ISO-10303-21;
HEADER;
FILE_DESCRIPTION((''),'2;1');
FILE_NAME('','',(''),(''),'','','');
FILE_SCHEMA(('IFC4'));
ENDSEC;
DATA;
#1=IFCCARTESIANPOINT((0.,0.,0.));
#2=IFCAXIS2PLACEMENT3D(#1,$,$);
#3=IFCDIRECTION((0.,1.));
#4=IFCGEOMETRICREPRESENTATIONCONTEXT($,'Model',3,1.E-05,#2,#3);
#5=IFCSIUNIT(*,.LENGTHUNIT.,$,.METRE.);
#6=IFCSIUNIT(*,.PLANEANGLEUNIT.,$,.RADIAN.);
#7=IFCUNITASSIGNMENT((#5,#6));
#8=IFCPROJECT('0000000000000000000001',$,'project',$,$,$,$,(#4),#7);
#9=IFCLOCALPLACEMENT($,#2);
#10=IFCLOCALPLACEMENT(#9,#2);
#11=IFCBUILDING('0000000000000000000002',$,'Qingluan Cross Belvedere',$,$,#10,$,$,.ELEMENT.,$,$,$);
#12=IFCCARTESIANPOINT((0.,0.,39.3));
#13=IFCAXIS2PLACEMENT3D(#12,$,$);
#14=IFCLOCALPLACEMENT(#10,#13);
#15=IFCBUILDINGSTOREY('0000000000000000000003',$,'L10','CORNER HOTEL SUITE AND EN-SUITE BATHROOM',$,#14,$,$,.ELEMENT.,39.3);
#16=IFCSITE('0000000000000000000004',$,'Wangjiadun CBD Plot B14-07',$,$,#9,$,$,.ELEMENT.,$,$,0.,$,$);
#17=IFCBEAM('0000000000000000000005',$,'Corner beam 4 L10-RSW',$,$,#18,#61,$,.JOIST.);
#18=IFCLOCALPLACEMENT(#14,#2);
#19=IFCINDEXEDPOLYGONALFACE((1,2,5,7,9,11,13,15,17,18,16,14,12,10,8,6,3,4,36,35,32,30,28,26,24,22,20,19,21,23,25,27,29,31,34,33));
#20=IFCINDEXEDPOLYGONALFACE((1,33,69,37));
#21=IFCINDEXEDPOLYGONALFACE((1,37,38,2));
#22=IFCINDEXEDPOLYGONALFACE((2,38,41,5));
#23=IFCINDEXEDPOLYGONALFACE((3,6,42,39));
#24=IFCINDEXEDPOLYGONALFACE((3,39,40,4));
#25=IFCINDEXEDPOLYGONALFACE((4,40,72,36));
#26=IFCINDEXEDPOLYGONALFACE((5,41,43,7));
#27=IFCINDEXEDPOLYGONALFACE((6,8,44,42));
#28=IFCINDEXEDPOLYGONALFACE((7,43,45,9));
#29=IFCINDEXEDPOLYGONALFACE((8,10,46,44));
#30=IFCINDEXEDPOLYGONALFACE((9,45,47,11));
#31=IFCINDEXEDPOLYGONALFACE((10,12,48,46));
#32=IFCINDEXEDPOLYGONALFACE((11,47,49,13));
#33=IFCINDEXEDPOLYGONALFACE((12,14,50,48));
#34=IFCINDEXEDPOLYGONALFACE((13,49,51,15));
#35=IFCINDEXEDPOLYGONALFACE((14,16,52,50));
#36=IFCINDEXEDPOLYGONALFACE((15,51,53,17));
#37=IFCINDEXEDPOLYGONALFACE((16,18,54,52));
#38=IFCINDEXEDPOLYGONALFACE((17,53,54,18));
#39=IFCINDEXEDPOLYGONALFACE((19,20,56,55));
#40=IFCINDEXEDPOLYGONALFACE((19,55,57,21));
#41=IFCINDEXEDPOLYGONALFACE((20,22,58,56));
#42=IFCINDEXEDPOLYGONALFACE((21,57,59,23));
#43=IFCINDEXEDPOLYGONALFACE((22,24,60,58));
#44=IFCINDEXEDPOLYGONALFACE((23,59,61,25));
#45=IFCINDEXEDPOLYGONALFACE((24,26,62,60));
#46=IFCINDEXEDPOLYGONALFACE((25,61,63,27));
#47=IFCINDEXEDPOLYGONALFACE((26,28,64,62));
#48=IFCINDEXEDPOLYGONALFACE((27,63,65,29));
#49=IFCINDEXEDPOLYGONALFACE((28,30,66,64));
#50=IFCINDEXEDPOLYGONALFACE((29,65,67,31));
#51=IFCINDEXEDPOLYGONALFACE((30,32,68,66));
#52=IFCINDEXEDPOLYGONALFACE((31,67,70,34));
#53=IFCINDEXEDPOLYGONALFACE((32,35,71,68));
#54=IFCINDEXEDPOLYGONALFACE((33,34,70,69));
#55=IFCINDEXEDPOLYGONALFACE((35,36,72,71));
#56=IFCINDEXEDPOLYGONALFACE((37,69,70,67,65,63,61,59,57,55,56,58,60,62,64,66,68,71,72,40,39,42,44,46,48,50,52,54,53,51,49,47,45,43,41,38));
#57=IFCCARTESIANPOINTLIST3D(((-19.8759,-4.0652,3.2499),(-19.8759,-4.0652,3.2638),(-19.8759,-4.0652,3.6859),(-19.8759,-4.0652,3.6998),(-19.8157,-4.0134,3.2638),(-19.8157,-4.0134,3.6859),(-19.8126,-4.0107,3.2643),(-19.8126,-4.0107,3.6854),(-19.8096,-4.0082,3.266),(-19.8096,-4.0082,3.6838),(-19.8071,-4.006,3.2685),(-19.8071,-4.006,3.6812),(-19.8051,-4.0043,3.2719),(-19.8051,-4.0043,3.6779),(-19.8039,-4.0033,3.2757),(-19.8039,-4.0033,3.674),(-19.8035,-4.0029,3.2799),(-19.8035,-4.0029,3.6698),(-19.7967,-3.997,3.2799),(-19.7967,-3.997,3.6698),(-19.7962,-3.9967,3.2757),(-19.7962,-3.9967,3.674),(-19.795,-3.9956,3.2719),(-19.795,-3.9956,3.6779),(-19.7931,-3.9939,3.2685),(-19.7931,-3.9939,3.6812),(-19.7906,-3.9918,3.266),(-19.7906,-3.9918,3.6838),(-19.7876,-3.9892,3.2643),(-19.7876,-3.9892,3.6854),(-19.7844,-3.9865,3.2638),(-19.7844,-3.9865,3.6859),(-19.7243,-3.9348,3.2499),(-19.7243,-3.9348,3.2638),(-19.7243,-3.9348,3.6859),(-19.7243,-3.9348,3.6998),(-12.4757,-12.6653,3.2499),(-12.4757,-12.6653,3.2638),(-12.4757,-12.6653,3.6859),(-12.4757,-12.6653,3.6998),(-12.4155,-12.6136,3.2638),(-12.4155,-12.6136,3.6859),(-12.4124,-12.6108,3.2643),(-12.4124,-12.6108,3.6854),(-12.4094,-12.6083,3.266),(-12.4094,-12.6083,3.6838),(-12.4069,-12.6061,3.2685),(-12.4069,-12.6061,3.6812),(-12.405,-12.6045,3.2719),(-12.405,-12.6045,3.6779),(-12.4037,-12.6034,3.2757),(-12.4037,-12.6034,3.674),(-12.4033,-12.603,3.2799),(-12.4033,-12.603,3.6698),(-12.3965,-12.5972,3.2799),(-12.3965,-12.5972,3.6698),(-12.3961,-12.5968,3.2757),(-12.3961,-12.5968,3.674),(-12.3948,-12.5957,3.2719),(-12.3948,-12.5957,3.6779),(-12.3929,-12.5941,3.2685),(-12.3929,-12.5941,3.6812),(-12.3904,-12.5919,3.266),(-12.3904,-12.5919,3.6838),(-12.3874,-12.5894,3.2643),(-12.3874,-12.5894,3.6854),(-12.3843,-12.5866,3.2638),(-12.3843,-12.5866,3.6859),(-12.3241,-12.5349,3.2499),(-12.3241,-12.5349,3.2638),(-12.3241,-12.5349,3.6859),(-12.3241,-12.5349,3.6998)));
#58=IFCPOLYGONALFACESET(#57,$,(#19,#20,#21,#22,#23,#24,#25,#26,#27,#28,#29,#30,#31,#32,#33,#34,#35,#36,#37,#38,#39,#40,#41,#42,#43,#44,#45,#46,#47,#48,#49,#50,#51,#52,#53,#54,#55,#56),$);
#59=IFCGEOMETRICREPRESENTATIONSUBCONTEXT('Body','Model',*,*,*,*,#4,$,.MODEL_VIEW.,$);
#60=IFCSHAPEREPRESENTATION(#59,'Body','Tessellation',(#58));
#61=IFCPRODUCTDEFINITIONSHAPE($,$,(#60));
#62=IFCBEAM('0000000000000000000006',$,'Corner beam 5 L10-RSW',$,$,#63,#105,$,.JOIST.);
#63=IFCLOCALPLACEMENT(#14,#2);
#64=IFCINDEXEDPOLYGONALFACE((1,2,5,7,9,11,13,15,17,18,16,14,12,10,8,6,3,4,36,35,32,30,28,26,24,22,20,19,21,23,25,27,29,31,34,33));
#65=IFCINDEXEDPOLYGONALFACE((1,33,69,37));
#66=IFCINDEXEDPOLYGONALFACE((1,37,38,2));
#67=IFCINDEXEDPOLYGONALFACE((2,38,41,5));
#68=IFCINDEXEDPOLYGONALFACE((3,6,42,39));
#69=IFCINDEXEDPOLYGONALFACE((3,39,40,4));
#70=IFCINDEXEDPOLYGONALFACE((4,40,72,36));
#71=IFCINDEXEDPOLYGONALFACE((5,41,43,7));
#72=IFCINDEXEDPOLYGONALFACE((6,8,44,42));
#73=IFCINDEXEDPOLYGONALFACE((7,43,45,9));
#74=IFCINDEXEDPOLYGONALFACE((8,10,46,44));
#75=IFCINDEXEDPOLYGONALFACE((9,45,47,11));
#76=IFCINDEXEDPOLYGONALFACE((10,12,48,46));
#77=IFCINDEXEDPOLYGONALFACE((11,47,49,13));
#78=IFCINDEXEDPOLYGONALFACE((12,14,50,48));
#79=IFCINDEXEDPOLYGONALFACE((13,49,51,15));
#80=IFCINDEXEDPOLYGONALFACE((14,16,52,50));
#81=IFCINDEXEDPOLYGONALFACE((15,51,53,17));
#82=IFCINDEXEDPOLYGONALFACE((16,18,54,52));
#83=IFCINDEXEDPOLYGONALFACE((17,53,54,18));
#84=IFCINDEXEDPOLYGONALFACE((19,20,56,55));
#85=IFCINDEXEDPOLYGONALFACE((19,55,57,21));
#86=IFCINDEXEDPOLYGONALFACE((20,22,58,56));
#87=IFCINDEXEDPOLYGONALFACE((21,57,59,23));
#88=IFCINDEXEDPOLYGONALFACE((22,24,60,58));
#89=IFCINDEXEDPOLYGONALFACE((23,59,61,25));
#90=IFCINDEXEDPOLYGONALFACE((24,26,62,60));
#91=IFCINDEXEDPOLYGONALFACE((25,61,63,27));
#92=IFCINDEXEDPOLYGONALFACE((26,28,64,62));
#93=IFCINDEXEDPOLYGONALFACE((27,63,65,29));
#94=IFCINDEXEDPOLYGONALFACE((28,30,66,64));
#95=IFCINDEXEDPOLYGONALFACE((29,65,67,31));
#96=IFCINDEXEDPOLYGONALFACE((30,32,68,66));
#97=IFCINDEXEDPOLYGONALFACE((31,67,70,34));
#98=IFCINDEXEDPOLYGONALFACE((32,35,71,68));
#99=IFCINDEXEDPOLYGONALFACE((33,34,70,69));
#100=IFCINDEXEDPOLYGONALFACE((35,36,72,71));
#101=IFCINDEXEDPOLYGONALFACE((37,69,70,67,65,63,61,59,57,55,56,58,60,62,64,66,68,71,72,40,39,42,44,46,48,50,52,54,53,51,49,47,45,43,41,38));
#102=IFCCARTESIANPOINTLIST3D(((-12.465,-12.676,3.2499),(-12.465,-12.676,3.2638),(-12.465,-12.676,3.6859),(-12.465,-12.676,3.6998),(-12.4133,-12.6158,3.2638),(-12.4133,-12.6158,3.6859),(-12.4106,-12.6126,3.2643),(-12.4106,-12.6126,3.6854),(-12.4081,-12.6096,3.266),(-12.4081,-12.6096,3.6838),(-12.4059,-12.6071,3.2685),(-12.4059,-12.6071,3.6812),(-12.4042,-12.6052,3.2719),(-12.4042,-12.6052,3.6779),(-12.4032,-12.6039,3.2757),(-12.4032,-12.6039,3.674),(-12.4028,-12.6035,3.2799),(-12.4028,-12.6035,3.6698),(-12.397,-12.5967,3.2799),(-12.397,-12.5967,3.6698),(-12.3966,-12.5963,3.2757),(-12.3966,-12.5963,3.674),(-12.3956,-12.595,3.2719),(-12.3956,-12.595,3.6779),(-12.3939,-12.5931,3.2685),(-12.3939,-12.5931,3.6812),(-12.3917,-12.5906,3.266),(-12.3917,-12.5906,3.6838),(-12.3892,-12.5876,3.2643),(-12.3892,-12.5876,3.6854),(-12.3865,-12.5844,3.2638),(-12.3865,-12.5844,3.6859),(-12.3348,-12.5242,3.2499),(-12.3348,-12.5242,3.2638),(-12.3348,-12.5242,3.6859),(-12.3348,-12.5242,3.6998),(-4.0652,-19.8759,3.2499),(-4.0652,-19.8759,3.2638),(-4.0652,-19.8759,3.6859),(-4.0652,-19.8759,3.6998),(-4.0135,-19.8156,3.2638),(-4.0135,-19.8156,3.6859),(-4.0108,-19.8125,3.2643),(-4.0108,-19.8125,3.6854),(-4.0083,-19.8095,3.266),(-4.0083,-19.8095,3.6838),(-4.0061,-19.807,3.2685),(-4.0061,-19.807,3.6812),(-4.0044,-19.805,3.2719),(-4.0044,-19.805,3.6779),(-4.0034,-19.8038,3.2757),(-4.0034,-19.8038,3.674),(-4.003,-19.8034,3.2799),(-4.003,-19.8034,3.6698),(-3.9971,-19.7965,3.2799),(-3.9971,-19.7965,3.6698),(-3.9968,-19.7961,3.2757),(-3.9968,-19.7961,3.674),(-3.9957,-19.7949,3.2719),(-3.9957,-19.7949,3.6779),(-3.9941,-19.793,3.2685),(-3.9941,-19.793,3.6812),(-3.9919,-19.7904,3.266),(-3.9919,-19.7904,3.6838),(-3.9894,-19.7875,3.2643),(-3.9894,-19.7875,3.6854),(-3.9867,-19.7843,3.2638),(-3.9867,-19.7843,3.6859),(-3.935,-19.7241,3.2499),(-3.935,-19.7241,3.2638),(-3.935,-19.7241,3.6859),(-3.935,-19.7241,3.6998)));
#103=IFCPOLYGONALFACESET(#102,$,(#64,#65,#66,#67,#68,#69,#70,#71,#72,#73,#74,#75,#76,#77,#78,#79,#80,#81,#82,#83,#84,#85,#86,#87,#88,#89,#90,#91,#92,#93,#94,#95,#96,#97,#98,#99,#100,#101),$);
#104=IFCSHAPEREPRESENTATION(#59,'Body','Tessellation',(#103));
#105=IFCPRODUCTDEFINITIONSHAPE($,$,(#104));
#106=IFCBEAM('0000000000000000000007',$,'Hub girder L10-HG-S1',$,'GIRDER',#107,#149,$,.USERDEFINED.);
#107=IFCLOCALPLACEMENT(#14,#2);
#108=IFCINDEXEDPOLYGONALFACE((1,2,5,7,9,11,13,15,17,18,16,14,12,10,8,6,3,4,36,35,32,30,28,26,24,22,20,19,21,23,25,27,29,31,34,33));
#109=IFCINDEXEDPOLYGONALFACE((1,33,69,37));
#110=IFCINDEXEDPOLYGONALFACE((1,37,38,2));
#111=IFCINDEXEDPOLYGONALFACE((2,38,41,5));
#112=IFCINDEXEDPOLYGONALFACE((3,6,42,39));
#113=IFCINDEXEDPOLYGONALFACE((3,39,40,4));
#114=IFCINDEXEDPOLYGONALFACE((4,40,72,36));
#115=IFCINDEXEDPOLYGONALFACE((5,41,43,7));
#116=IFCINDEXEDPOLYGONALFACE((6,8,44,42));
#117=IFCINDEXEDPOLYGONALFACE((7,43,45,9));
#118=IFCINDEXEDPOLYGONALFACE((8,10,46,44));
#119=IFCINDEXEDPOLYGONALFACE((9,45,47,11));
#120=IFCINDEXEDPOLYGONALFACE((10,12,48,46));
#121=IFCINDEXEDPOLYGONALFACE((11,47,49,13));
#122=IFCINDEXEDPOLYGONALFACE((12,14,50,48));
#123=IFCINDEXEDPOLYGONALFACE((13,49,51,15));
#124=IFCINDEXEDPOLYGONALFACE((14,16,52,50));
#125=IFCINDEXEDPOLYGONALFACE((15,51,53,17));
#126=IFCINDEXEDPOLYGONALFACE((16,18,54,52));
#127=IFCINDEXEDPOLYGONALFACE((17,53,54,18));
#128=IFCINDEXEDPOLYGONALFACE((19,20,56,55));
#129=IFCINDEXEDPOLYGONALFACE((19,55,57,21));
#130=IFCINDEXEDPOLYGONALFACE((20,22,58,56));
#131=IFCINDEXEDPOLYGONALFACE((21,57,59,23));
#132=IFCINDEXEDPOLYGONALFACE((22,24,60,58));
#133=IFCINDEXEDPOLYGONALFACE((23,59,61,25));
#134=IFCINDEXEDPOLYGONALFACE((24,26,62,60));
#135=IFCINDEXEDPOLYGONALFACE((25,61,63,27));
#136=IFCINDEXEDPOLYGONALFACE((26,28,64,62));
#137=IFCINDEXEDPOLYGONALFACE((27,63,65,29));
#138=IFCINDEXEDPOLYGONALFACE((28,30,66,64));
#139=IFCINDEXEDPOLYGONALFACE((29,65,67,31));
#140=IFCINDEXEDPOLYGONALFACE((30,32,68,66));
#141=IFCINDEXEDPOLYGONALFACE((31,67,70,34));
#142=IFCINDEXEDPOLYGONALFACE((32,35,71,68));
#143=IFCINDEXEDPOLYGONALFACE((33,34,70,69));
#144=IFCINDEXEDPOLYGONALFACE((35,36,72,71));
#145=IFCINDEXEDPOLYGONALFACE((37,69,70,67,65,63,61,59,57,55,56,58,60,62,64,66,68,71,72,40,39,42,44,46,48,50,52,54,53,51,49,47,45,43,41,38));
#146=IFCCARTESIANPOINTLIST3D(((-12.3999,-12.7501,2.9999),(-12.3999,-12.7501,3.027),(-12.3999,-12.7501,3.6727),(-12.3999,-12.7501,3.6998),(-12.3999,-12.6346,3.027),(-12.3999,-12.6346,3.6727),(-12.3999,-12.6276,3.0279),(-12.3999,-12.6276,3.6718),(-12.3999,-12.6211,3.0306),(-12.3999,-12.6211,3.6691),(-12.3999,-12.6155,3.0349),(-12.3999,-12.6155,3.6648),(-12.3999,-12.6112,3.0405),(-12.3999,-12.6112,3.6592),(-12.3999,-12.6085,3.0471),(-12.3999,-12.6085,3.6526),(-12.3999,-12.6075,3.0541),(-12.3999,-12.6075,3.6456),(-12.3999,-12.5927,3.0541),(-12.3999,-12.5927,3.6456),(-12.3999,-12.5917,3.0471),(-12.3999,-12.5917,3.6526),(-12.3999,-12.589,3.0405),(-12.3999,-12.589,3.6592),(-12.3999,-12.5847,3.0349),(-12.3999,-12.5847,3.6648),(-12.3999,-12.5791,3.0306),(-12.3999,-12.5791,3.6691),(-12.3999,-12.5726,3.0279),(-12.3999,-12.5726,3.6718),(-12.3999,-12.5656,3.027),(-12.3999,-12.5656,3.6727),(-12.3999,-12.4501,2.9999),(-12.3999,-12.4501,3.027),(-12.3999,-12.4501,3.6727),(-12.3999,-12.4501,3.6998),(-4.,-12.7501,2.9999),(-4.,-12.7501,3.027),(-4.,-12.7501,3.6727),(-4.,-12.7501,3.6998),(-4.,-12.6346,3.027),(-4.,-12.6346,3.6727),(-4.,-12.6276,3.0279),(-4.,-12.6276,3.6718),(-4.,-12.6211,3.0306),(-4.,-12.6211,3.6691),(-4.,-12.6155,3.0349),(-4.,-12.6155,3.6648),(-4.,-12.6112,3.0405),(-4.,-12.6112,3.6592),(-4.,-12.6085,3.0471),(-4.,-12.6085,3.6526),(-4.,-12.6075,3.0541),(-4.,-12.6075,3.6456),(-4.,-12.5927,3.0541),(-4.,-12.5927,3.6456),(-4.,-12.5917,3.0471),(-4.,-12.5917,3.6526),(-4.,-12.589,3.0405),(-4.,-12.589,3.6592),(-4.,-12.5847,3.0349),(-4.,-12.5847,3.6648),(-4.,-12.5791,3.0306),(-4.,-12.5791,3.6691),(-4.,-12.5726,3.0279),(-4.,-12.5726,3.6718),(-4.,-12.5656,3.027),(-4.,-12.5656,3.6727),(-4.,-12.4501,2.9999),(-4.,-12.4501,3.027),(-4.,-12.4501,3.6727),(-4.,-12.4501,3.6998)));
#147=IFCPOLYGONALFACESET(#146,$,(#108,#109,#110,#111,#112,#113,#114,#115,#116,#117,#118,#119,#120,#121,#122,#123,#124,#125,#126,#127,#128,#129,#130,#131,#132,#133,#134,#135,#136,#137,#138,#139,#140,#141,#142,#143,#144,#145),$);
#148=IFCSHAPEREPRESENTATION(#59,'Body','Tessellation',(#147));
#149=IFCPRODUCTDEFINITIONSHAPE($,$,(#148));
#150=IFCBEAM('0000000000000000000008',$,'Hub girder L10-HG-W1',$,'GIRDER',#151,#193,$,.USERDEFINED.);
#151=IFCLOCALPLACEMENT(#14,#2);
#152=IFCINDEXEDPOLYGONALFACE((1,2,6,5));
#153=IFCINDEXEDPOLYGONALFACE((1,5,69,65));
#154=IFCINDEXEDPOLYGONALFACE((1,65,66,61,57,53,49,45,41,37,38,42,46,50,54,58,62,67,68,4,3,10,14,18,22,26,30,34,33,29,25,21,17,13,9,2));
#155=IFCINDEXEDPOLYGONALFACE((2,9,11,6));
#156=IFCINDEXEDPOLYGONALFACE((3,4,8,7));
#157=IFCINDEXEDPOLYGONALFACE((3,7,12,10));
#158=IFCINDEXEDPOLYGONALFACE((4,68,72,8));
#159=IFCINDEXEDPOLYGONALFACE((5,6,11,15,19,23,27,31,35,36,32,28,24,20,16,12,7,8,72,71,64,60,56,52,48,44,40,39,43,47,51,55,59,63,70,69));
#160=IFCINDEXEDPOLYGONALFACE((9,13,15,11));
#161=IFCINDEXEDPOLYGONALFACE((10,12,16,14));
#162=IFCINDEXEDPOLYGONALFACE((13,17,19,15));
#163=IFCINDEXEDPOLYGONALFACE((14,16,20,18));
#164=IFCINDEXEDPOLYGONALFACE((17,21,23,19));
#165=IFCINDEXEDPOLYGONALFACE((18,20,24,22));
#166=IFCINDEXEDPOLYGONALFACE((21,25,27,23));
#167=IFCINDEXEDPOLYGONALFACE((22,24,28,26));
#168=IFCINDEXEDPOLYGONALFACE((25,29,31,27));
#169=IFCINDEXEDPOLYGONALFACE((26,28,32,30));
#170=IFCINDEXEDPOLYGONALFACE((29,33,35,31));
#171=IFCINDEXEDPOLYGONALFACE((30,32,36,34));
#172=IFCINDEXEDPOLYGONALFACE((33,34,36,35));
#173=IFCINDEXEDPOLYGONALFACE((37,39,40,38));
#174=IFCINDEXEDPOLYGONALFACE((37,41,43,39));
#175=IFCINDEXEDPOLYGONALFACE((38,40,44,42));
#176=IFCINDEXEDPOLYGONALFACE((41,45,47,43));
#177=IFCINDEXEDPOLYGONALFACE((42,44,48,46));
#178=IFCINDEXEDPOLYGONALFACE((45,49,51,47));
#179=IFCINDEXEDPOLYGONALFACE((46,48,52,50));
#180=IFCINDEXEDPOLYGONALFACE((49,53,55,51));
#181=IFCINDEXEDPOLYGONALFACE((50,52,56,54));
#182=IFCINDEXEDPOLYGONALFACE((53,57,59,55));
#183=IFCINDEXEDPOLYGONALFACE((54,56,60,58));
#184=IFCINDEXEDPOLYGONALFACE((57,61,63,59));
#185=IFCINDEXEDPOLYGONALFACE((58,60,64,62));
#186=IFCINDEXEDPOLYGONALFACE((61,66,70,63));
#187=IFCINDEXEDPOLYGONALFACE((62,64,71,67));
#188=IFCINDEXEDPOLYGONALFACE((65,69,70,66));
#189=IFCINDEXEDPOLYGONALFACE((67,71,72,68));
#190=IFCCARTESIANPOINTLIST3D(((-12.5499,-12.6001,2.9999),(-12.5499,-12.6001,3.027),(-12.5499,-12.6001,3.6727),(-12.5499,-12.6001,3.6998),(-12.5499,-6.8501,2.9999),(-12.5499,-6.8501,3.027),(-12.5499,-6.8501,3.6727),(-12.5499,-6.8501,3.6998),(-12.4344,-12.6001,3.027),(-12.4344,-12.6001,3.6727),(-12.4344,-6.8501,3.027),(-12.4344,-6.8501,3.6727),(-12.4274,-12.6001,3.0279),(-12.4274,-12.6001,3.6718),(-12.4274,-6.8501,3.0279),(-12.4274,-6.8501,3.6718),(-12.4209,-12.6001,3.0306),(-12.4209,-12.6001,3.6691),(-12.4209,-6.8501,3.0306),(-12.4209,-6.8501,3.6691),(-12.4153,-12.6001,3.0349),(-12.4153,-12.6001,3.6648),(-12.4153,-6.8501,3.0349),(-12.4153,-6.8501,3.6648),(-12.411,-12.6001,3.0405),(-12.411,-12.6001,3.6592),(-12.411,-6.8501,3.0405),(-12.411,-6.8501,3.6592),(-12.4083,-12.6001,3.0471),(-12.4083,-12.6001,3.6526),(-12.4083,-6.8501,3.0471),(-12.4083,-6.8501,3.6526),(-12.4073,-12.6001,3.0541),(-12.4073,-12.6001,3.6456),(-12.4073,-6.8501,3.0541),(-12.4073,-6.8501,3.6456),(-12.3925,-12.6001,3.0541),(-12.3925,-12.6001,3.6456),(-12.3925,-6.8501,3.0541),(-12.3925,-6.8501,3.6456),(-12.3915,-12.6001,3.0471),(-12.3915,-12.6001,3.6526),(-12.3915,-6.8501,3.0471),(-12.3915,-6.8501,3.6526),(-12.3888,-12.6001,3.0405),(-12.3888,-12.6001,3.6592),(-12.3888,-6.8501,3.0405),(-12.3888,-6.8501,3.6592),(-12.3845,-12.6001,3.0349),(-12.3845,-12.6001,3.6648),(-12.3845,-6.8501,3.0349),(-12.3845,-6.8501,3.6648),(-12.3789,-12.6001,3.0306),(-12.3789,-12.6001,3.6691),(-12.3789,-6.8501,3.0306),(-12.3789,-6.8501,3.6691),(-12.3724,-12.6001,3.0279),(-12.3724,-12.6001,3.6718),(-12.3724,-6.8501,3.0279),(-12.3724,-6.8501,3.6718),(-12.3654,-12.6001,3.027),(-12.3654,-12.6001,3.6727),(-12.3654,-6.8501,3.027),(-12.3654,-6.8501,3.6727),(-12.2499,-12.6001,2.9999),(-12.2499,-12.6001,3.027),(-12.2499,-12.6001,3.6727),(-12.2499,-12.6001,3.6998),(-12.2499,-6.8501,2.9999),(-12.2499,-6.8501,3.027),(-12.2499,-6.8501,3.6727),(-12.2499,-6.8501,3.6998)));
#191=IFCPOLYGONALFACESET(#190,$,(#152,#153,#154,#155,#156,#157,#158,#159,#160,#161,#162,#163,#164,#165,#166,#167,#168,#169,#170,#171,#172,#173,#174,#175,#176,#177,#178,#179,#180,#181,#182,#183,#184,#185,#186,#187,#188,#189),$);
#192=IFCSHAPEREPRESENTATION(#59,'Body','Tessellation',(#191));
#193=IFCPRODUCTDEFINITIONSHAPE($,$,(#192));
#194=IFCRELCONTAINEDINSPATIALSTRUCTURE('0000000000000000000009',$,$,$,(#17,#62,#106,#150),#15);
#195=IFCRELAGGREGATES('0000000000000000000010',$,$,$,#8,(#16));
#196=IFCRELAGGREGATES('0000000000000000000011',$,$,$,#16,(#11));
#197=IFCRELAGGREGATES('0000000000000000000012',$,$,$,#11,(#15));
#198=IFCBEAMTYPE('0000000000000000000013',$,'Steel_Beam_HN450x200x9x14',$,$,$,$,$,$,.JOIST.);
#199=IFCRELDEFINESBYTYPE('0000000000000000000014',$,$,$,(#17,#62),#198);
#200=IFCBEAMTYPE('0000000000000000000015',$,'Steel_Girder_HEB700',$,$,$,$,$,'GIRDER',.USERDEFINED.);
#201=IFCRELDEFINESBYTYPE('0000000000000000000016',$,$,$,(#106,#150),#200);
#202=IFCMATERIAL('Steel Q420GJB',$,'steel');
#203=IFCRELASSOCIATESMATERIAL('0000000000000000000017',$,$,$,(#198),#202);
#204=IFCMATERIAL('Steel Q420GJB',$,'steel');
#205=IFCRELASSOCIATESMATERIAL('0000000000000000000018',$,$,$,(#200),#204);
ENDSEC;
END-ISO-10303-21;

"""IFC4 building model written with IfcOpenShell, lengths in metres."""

from ifc_helpers import new_model, si_unit, direction, frame, origin, origin_2d, place, context, subcontext, project, spatial, i_section, extrude, material, material_profile, profile_set, type_object, element, save


model = new_model("IFC4")

# Units and contexts
model_context = context("Model", 3, precision=1e-05, world=origin(), true_north=direction((0.0, 1.0)))
body_context = subcontext(model_context, "Body", "Model", "MODEL_VIEW")
ifc_project = project(units=[si_unit("LENGTHUNIT", "METRE"), si_unit("PLANEANGLEUNIT", "RADIAN")], contexts=[model_context])

# Site, building, storey
site_placement = place(None, origin())
site = spatial("IfcSite", under=ifc_project, at=site_placement, Name="Wangjiadun CBD Plot B14-07", CompositionType="ELEMENT", RefElevation=0.0)
building_placement = place(site_placement, origin())
building = spatial("IfcBuilding", under=site, at=building_placement, Name="Qingluan Cross Belvedere", CompositionType="ELEMENT")
storey_placement = place(building_placement, frame((0.0, 0.0, 39.3)))
storey = spatial("IfcBuildingStorey", under=building, at=storey_placement, Name="L10", Description="CORNER HOTEL SUITE AND EN-SUITE BATHROOM", CompositionType="ELEMENT", Elevation=39.3)

# Beams
ifc_material_1 = material(Name="Steel Q420GJB", Category="steel")
ifc_material_profile_1 = material_profile(ifc_material_1, i_section(OverallWidth=0.2, OverallDepth=0.45, WebThickness=0.009, FlangeThickness=0.0139, FilletRadius=0.0161, at=origin_2d()), Name="HN450x200x9x14")
ifc_profile_set_1 = profile_set([ifc_material_profile_1], Name="Steel Q420GJB")
beam_type_1 = type_object("IfcBeamType", Name="Steel_Beam_HN450x200x9x14", PredefinedType="JOIST", material=ifc_profile_set_1)
beam_1_placement = place(storey_placement, frame((-12.3999, -12.6001, 3.4749), z_axis=(-0.652245, 0.758008, 0.0), x_axis=(-0.758008, -0.652245, 0.0)))
element("IfcBeam", 1, at=beam_1_placement, inside=storey, type_object=beam_type_1, Name="Corner beam 4 L10-RSW", PredefinedType="JOIST", context=body_context, shape_type="SweptSolid", body=[
    extrude(i_section(OverallWidth=0.2, OverallDepth=0.45, WebThickness=0.009, FlangeThickness=0.0139, FilletRadius=0.0161, at=origin_2d()), origin(), (0.0, 0.0, 1.0), 11.3457),
])
beam_2_placement = place(storey_placement, frame((-12.3999, -12.6001, 3.4749), z_axis=(0.759255, -0.650793, 0.0), x_axis=(0.650793, 0.759255, 0.0)))
element("IfcBeam", 2, at=beam_2_placement, inside=storey, type_object=beam_type_1, Name="Corner beam 5 L10-RSW", PredefinedType="JOIST", context=body_context, shape_type="SweptSolid", body=[
    extrude(i_section(OverallWidth=0.2, OverallDepth=0.45, WebThickness=0.009, FlangeThickness=0.0139, FilletRadius=0.0161, at=origin_2d()), origin(), (0.0, 0.0, 1.0), 11.0632),
])
ifc_material_2 = material(Name="Steel Q420GJB", Category="steel")
ifc_material_profile_2 = material_profile(ifc_material_2, i_section(OverallWidth=0.3, OverallDepth=0.7, WebThickness=0.0149, FlangeThickness=0.0271, FilletRadius=0.0271, at=origin_2d()), Name="HEB700")
ifc_profile_set_2 = profile_set([ifc_material_profile_2], Name="Steel Q420GJB")
beam_type_2 = type_object("IfcBeamType", Name="Steel_Girder_HEB700", ElementType="GIRDER", PredefinedType="USERDEFINED", material=ifc_profile_set_2)
beam_3_placement = place(storey_placement, frame((-12.3999, -12.6001, 3.3499), z_axis=(1.0, 0.0, 0.0), x_axis=(0.0, 1.0, 0.0)))
element("IfcBeam", 3, at=beam_3_placement, inside=storey, type_object=beam_type_2, Name="Hub girder L10-HG-S1", ObjectType="GIRDER", PredefinedType="USERDEFINED", context=body_context, shape_type="SweptSolid", body=[
    extrude(i_section(OverallWidth=0.3, OverallDepth=0.7, WebThickness=0.0149, FlangeThickness=0.0271, FilletRadius=0.0271, at=origin_2d()), origin(), (0.0, 0.0, 1.0), 8.3999),
])
beam_4_placement = place(storey_placement, frame((-12.3999, -12.6001, 3.3499), z_axis=(0.0, 1.0, 0.0), x_axis=(-1.0, 0.0, 0.0)))
element("IfcBeam", 4, at=beam_4_placement, inside=storey, type_object=beam_type_2, Name="Hub girder L10-HG-W1", ObjectType="GIRDER", PredefinedType="USERDEFINED", context=body_context, shape_type="SweptSolid", body=[
    extrude(i_section(OverallWidth=0.3, OverallDepth=0.7, WebThickness=0.0149, FlangeThickness=0.0271, FilletRadius=0.0271, at=origin_2d()), origin(), (0.0, 0.0, 1.0), 5.75),
])

save(model, "model.ifc")
